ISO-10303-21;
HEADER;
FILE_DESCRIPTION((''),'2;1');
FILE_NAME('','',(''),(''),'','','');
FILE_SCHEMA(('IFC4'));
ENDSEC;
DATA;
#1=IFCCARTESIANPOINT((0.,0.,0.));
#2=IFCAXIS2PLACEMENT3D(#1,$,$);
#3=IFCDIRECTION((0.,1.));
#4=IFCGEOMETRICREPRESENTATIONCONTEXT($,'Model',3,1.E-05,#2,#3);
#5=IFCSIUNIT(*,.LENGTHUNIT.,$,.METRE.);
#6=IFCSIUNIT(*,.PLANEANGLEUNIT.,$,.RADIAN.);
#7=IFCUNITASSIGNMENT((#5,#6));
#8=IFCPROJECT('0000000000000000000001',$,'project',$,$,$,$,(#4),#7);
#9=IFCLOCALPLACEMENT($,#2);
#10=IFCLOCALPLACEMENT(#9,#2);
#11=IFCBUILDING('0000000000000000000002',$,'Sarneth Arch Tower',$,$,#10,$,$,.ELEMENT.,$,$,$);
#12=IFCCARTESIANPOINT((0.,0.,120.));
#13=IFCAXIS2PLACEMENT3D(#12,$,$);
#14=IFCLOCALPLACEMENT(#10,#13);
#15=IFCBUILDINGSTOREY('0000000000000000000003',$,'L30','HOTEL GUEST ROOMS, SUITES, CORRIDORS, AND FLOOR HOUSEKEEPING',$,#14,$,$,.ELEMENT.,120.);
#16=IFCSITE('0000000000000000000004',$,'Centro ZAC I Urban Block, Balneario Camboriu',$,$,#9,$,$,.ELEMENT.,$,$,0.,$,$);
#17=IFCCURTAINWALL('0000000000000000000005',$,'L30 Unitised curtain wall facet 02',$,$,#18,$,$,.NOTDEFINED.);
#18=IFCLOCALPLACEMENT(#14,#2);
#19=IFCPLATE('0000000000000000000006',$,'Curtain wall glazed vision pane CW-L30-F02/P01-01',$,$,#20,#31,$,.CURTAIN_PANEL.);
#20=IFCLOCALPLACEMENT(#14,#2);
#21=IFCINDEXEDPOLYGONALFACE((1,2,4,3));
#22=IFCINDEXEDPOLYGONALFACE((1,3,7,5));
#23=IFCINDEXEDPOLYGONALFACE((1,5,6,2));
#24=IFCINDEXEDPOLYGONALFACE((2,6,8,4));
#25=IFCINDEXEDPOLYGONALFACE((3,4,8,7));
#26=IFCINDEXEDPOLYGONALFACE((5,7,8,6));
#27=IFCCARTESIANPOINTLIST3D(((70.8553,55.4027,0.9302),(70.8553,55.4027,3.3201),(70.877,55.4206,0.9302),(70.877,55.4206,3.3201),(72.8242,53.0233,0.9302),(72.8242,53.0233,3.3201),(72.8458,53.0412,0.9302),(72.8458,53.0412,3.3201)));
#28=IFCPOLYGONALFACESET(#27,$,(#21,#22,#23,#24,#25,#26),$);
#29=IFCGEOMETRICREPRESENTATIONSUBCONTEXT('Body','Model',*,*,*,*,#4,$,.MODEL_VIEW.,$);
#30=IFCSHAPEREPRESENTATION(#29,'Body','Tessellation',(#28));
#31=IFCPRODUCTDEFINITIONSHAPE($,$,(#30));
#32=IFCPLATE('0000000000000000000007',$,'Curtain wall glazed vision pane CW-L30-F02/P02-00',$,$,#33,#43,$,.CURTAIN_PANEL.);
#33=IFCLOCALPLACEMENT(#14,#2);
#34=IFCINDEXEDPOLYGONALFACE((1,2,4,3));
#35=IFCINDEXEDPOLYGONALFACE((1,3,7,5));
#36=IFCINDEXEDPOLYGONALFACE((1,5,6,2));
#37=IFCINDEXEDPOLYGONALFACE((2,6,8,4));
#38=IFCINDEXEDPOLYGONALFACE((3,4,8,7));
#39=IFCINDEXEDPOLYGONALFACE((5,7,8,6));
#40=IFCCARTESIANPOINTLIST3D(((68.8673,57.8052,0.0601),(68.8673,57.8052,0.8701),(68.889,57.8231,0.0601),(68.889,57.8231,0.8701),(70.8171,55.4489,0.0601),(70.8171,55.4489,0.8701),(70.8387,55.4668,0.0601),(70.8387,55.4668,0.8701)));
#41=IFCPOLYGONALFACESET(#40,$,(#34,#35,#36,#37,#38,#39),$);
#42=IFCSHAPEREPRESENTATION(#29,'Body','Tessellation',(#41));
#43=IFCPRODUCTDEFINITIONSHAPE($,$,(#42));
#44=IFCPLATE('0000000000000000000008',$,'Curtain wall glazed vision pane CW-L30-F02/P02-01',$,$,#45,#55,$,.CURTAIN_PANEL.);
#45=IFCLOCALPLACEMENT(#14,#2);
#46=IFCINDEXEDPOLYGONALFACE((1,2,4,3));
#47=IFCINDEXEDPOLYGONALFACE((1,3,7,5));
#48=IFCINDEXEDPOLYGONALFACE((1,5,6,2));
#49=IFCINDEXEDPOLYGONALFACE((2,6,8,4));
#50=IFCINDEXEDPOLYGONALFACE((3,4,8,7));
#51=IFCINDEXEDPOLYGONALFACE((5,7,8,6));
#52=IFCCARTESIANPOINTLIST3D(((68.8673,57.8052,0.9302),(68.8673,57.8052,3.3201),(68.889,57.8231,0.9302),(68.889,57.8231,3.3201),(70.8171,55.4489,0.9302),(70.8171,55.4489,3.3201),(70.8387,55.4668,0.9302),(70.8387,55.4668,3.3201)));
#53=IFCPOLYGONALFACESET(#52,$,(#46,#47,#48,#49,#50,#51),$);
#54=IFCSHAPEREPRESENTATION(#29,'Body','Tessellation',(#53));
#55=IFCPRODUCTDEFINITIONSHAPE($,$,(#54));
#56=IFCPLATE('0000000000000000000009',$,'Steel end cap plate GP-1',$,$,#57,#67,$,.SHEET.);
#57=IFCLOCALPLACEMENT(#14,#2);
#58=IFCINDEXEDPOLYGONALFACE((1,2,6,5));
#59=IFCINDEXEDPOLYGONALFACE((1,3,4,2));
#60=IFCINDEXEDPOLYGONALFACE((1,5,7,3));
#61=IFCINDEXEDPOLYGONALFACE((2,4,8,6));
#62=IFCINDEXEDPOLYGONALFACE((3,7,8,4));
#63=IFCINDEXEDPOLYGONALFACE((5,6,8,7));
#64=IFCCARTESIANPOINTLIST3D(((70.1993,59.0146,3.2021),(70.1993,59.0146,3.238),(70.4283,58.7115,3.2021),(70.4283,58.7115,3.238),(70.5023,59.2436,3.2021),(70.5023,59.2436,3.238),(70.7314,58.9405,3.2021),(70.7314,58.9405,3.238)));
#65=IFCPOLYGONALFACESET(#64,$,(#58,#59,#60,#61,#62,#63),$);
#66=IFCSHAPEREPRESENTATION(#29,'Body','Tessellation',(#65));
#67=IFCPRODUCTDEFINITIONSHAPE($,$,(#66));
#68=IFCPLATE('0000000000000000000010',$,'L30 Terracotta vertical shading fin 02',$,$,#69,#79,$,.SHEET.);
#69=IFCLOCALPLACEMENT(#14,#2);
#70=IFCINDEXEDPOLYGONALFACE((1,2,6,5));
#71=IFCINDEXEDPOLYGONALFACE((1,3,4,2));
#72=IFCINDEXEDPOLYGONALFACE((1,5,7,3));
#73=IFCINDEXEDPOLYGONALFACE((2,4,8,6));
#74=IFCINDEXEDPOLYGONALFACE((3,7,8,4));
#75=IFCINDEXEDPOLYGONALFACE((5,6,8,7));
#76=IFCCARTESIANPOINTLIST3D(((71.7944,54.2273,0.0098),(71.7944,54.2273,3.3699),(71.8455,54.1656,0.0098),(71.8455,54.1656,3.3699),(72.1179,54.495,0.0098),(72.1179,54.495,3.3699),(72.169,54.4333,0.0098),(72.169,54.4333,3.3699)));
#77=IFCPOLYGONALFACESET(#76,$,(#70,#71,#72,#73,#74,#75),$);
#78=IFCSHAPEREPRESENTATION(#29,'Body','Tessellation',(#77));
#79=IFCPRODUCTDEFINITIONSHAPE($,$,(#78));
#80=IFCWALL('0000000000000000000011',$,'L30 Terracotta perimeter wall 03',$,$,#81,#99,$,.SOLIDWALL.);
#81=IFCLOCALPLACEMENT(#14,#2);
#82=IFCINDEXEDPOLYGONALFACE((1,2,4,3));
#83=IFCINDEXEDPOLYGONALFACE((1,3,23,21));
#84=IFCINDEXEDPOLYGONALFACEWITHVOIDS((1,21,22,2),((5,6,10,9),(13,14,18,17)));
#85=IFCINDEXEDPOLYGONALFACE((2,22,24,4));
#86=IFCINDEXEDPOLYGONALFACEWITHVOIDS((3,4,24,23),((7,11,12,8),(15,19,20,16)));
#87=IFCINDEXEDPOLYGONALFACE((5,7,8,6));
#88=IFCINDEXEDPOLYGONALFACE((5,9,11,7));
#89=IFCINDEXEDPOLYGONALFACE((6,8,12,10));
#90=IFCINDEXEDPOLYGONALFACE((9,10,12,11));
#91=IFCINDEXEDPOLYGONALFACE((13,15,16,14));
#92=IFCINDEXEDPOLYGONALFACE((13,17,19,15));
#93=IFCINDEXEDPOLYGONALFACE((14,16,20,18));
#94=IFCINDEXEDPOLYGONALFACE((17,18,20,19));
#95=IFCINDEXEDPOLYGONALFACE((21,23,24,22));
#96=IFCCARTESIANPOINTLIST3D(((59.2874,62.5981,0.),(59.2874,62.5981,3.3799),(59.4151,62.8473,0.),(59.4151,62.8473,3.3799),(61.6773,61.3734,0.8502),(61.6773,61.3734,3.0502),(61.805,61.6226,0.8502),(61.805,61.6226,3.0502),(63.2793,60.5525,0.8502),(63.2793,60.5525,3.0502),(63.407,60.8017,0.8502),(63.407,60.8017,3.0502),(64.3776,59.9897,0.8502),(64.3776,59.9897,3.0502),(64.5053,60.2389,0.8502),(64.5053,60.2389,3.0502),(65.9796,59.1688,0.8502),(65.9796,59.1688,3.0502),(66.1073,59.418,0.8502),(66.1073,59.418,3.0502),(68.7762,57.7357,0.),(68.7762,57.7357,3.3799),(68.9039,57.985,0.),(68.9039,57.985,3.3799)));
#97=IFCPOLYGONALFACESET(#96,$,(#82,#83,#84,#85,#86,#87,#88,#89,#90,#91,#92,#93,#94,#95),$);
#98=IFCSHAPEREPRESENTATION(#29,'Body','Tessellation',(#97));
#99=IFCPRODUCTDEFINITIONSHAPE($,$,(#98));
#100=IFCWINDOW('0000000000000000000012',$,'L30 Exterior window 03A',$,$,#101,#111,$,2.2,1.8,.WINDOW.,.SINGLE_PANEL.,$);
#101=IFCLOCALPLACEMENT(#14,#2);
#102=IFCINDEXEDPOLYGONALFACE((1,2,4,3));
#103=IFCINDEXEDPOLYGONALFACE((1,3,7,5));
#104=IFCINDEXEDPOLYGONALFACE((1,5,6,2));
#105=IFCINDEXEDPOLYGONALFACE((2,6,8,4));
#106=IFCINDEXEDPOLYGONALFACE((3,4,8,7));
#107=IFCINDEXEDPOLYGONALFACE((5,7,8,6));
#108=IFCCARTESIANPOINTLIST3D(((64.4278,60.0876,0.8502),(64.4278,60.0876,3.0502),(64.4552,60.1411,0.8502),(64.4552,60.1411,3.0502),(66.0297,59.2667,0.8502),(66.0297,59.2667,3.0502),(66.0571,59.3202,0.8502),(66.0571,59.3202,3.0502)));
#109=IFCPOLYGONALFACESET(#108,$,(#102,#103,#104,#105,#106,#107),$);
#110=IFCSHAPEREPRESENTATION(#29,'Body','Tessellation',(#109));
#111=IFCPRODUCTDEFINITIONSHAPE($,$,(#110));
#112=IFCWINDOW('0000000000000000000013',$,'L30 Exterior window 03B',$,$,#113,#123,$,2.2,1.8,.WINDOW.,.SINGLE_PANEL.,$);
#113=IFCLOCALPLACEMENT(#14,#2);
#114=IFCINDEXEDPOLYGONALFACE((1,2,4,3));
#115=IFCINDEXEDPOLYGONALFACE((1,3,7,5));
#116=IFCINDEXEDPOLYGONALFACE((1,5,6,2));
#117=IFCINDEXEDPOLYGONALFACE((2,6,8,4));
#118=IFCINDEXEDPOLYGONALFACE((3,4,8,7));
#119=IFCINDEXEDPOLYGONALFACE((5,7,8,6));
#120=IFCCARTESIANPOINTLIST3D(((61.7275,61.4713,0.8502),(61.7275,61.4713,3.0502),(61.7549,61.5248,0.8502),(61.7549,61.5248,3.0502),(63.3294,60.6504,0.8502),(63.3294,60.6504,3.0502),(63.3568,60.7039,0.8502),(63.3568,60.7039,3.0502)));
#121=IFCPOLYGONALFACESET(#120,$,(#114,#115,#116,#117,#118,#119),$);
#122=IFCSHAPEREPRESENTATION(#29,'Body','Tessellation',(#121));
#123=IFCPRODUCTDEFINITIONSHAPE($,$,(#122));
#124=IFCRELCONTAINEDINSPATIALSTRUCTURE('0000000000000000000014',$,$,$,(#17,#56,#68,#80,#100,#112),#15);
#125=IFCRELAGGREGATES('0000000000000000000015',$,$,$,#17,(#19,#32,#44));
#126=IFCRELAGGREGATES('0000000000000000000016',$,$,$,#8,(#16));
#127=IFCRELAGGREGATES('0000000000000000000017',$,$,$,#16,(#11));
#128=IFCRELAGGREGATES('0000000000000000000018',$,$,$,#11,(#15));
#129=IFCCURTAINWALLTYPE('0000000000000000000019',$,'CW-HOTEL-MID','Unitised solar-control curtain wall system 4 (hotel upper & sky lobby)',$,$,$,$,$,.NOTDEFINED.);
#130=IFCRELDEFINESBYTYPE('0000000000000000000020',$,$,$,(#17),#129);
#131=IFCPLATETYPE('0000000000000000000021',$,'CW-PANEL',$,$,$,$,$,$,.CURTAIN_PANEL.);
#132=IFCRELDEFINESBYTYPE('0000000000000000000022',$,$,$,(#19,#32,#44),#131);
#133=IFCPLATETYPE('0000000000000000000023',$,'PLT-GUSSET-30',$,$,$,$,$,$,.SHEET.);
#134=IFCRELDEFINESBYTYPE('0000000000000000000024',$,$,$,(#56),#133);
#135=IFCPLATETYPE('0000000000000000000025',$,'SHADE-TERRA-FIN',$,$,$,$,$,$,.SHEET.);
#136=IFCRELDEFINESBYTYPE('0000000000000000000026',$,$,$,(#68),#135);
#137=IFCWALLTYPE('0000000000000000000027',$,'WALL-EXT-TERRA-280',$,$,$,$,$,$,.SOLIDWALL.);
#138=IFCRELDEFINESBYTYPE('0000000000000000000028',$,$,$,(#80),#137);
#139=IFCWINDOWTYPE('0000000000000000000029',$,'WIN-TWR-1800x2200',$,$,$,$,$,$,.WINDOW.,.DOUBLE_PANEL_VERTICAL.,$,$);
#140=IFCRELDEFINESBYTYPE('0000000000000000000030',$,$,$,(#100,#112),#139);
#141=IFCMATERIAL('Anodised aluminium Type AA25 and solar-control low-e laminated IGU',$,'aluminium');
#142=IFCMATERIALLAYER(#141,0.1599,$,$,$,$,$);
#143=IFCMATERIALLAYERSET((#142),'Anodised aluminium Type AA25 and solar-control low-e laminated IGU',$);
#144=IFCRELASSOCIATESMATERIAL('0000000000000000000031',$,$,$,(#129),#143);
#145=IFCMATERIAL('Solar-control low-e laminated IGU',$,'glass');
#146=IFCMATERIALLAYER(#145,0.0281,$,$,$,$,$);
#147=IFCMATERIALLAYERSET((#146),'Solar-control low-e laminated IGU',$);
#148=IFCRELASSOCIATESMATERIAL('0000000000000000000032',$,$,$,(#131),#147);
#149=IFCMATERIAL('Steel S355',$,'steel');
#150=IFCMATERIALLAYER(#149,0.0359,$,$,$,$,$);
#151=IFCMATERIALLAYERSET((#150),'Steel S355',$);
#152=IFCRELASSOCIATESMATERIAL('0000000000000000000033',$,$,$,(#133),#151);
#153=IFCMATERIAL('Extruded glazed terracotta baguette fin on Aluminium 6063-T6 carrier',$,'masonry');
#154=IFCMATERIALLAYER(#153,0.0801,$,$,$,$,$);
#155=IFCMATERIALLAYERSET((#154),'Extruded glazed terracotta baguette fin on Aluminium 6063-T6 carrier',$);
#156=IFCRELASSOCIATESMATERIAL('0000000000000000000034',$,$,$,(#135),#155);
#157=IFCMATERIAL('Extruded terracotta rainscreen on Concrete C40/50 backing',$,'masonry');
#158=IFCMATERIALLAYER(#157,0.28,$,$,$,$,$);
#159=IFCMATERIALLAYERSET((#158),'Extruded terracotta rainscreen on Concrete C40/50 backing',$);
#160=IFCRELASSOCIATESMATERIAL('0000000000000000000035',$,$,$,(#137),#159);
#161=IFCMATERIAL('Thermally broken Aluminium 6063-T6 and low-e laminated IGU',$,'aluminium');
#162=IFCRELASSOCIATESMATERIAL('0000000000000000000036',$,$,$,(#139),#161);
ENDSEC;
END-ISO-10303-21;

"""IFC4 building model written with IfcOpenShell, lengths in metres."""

from ifc_helpers import new_model, si_unit, direction, frame, frame_2d, origin, origin_2d, place, context, subcontext, project, spatial, rectangle, extrude, material, layer, layer_set, type_object, element, fill, aggregate, save


model = new_model("IFC4")

# Units and contexts
model_context = context("Model", 3, precision=1e-05, world=origin(), true_north=direction((0.0, 1.0)))
body_context = subcontext(model_context, "Body", "Model", "MODEL_VIEW")
ifc_project = project(units=[si_unit("LENGTHUNIT", "METRE"), si_unit("PLANEANGLEUNIT", "RADIAN")], contexts=[model_context])

# Site, building, storey
site_placement = place(None, origin())
site = spatial("IfcSite", under=ifc_project, at=site_placement, Name="Centro ZAC I Urban Block, Balneario Camboriu", CompositionType="ELEMENT", RefElevation=0.0)
building_placement = place(site_placement, origin())
building = spatial("IfcBuilding", under=site, at=building_placement, Name="Sarneth Arch Tower", CompositionType="ELEMENT")
storey_placement = place(building_placement, frame((0.0, 0.0, 120.0)))
storey = spatial("IfcBuildingStorey", under=building, at=storey_placement, Name="L30", Description="HOTEL GUEST ROOMS, SUITES, CORRIDORS, AND FLOOR HOUSEKEEPING", CompositionType="ELEMENT", Elevation=120.0)

# Curtain wall
ifc_material_1 = material(Name="Anodised aluminium Type AA25 and solar-control low-e laminated IGU", Category="aluminium")
ifc_layer_1 = layer(ifc_material_1, 0.1599)
ifc_layer_set_1 = layer_set([ifc_layer_1], Name="Anodised aluminium Type AA25 and solar-control low-e laminated IGU")
curtain_wall_type = type_object("IfcCurtainWallType", Name="CW-HOTEL-MID", Description="Unitised solar-control curtain wall system 4 (hotel upper & sky lobby)", PredefinedType="NOTDEFINED", material=ifc_layer_set_1)
curtain_wall_placement = place(storey_placement, origin())
curtain_wall = element("IfcCurtainWall", 1, at=curtain_wall_placement, inside=storey, type_object=curtain_wall_type, Name="L30 Unitised curtain wall facet 02", PredefinedType="NOTDEFINED")

# Plates
ifc_material_2 = material(Name="Solar-control low-e laminated IGU", Category="glass")
ifc_layer_2 = layer(ifc_material_2, 0.0281)
ifc_layer_set_2 = layer_set([ifc_layer_2], Name="Solar-control low-e laminated IGU")
plate_type_1 = type_object("IfcPlateType", Name="CW-PANEL", PredefinedType="CURTAIN_PANEL", material=ifc_layer_set_2)
plate_1_placement = place(storey_placement, frame((71.8506, 54.2219, 0.9302), z_axis=(0.0, 0.0, 1.0), x_axis=(-0.637515, 0.770438, 0.0)))
plate_1 = element("IfcPlate", 2, at=plate_1_placement, type_object=plate_type_1, Name="Curtain wall glazed vision pane CW-L30-F02/P01-01", PredefinedType="CURTAIN_PANEL", context=body_context, shape_type="SweptSolid", body=[
    extrude(rectangle(XDim=3.0884, YDim=0.0281, at=origin_2d()), origin(), (0.0, 0.0, 1.0), 2.3899),
])
plate_2_placement = place(storey_placement, frame((69.853, 56.636, 0.0601), z_axis=(0.0, 0.0, 1.0), x_axis=(-0.637515, 0.770438, 0.0)))
plate_2 = element("IfcPlate", 3, at=plate_2_placement, type_object=plate_type_1, Name="Curtain wall glazed vision pane CW-L30-F02/P02-00", PredefinedType="CURTAIN_PANEL", context=body_context, shape_type="SweptSolid", body=[
    extrude(rectangle(XDim=3.0583, YDim=0.0281, at=origin_2d()), origin(), (0.0, 0.0, 1.0), 0.8101),
])
plate_3_placement = place(storey_placement, frame((69.853, 56.636, 0.9302), z_axis=(0.0, 0.0, 1.0), x_axis=(-0.637515, 0.770438, 0.0)))
plate_3 = element("IfcPlate", 4, at=plate_3_placement, type_object=plate_type_1, Name="Curtain wall glazed vision pane CW-L30-F02/P02-01", PredefinedType="CURTAIN_PANEL", context=body_context, shape_type="SweptSolid", body=[
    extrude(rectangle(XDim=3.0583, YDim=0.0281, at=origin_2d()), origin(), (0.0, 0.0, 1.0), 2.3899),
])
aggregate(curtain_wall, [plate_1, plate_2, plate_3])

# Plates
ifc_material_3 = material(Name="Steel S355", Category="steel")
ifc_layer_3 = layer(ifc_material_3, 0.0359)
ifc_layer_set_3 = layer_set([ifc_layer_3], Name="Steel S355")
plate_type_2 = type_object("IfcPlateType", Name="PLT-GUSSET-30", PredefinedType="SHEET", material=ifc_layer_set_3)
plate_4_placement = place(storey_placement, frame((70.4653, 58.9775, 3.2021), z_axis=(0.0, 0.0, 1.0), x_axis=(0.797794, 0.60293, 0.0)))
element("IfcPlate", 5, at=plate_4_placement, inside=storey, type_object=plate_type_2, Name="Steel end cap plate GP-1", PredefinedType="SHEET", context=body_context, shape_type="SweptSolid", body=[
    extrude(rectangle(XDim=0.3799, YDim=0.3799, at=origin_2d()), origin(), (0.0, 0.0, 1.0), 0.0359),
])
ifc_material_4 = material(Name="Extruded glazed terracotta baguette fin on Aluminium 6063-T6 carrier", Category="masonry")
ifc_layer_4 = layer(ifc_material_4, 0.0801)
ifc_layer_set_4 = layer_set([ifc_layer_4], Name="Extruded glazed terracotta baguette fin on Aluminium 6063-T6 carrier")
plate_type_3 = type_object("IfcPlateType", Name="SHADE-TERRA-FIN", PredefinedType="SHEET", material=ifc_layer_set_4)
plate_5_placement = place(storey_placement, frame((71.9817, 54.3303, 0.0098), z_axis=(0.0, 0.0, 1.0), x_axis=(0.770402, 0.637558, 0.0)))
element("IfcPlate", 6, at=plate_5_placement, inside=storey, type_object=plate_type_3, Name="L30 Terracotta vertical shading fin 02", PredefinedType="SHEET", context=body_context, shape_type="SweptSolid", body=[
    extrude(rectangle(XDim=0.4199, YDim=0.0801, at=origin_2d()), origin(), (0.0, 0.0, 1.0), 3.3601),
])

# Wall, openings, windows
ifc_material_5 = material(Name="Extruded terracotta rainscreen on Concrete C40/50 backing", Category="masonry")
ifc_layer_5 = layer(ifc_material_5, 0.28)
ifc_layer_set_5 = layer_set([ifc_layer_5], Name="Extruded terracotta rainscreen on Concrete C40/50 backing")
wall_type = type_object("IfcWallType", Name="WALL-EXT-TERRA-280", PredefinedType="SOLIDWALL", material=ifc_layer_set_5)
wall_placement = place(storey_placement, frame((68.8401, 57.8604, 0.0), z_axis=(0.0, 0.0, 1.0), x_axis=(-0.88996, 0.45604, 0.0)))
wall = element("IfcWall", 7, at=wall_placement, inside=storey, type_object=wall_type, Name="L30 Terracotta perimeter wall 03", PredefinedType="SOLIDWALL", context=body_context, shape_type="SweptSolid", body=[
    extrude(rectangle(XDim=10.6621, YDim=0.28, at=frame_2d((5.3311, 0.0))), origin(), (0.0, 0.0, 1.0), 3.3799),
])
opening_1_placement = place(wall_placement, frame((3.1426, 0.0, 0.8501)))
opening_1 = element("IfcOpeningElement", 8, at=opening_1_placement, cuts=wall, PredefinedType="OPENING", context=body_context, shape_type="SweptSolid", body=[
    extrude(rectangle(XDim=1.8, YDim=2.2, at=frame_2d((0.8999, 1.1001))), frame((0.0, 0.1499, 0.0), z_axis=(0.0, -1.0, 0.0), x_axis=(1.0, 0.0, 0.0)), (0.0, 0.0, 1.0), 0.3),
])
opening_2_placement = place(wall_placement, frame((6.1768, 0.0, 0.8501)))
opening_2 = element("IfcOpeningElement", 9, at=opening_2_placement, cuts=wall, PredefinedType="OPENING", context=body_context, shape_type="SweptSolid", body=[
    extrude(rectangle(XDim=1.8, YDim=2.2, at=frame_2d((0.8999, 1.1001))), frame((0.0, 0.1499, 0.0), z_axis=(0.0, -1.0, 0.0), x_axis=(1.0, 0.0, 0.0)), (0.0, 0.0, 1.0), 0.3),
])
ifc_material_6 = material(Name="Thermally broken Aluminium 6063-T6 and low-e laminated IGU", Category="aluminium")
window_type = type_object("IfcWindowType", Name="WIN-TWR-1800x2200", PartitioningType="DOUBLE_PANEL_VERTICAL", PredefinedType="WINDOW", material=ifc_material_6)
window_1_placement = place(opening_1_placement, origin())
window_1 = element("IfcWindow", 10, at=window_1_placement, inside=storey, type_object=window_type, Name="L30 Exterior window 03A", OverallHeight=2.2, OverallWidth=1.8, PartitioningType="SINGLE_PANEL", PredefinedType="WINDOW", context=body_context, shape_type="SweptSolid", body=[
    extrude(rectangle(XDim=1.8, YDim=2.2, at=frame_2d((0.8999, 1.1001))), frame((0.0, 0.03, 0.0), z_axis=(0.0, -1.0, 0.0), x_axis=(1.0, 0.0, 0.0)), (0.0, 0.0, 1.0), 0.0601),
])
fill(opening_1, window_1)
window_2_placement = place(opening_2_placement, origin())
window_2 = element("IfcWindow", 11, at=window_2_placement, inside=storey, type_object=window_type, Name="L30 Exterior window 03B", OverallHeight=2.2, OverallWidth=1.8, PartitioningType="SINGLE_PANEL", PredefinedType="WINDOW", context=body_context, shape_type="SweptSolid", body=[
    extrude(rectangle(XDim=1.8, YDim=2.2, at=frame_2d((0.8999, 1.1001))), frame((0.0, 0.03, 0.0), z_axis=(0.0, -1.0, 0.0), x_axis=(1.0, 0.0, 0.0)), (0.0, 0.0, 1.0), 0.0601),
])
fill(opening_2, window_2)

save(model, "model.ifc")
